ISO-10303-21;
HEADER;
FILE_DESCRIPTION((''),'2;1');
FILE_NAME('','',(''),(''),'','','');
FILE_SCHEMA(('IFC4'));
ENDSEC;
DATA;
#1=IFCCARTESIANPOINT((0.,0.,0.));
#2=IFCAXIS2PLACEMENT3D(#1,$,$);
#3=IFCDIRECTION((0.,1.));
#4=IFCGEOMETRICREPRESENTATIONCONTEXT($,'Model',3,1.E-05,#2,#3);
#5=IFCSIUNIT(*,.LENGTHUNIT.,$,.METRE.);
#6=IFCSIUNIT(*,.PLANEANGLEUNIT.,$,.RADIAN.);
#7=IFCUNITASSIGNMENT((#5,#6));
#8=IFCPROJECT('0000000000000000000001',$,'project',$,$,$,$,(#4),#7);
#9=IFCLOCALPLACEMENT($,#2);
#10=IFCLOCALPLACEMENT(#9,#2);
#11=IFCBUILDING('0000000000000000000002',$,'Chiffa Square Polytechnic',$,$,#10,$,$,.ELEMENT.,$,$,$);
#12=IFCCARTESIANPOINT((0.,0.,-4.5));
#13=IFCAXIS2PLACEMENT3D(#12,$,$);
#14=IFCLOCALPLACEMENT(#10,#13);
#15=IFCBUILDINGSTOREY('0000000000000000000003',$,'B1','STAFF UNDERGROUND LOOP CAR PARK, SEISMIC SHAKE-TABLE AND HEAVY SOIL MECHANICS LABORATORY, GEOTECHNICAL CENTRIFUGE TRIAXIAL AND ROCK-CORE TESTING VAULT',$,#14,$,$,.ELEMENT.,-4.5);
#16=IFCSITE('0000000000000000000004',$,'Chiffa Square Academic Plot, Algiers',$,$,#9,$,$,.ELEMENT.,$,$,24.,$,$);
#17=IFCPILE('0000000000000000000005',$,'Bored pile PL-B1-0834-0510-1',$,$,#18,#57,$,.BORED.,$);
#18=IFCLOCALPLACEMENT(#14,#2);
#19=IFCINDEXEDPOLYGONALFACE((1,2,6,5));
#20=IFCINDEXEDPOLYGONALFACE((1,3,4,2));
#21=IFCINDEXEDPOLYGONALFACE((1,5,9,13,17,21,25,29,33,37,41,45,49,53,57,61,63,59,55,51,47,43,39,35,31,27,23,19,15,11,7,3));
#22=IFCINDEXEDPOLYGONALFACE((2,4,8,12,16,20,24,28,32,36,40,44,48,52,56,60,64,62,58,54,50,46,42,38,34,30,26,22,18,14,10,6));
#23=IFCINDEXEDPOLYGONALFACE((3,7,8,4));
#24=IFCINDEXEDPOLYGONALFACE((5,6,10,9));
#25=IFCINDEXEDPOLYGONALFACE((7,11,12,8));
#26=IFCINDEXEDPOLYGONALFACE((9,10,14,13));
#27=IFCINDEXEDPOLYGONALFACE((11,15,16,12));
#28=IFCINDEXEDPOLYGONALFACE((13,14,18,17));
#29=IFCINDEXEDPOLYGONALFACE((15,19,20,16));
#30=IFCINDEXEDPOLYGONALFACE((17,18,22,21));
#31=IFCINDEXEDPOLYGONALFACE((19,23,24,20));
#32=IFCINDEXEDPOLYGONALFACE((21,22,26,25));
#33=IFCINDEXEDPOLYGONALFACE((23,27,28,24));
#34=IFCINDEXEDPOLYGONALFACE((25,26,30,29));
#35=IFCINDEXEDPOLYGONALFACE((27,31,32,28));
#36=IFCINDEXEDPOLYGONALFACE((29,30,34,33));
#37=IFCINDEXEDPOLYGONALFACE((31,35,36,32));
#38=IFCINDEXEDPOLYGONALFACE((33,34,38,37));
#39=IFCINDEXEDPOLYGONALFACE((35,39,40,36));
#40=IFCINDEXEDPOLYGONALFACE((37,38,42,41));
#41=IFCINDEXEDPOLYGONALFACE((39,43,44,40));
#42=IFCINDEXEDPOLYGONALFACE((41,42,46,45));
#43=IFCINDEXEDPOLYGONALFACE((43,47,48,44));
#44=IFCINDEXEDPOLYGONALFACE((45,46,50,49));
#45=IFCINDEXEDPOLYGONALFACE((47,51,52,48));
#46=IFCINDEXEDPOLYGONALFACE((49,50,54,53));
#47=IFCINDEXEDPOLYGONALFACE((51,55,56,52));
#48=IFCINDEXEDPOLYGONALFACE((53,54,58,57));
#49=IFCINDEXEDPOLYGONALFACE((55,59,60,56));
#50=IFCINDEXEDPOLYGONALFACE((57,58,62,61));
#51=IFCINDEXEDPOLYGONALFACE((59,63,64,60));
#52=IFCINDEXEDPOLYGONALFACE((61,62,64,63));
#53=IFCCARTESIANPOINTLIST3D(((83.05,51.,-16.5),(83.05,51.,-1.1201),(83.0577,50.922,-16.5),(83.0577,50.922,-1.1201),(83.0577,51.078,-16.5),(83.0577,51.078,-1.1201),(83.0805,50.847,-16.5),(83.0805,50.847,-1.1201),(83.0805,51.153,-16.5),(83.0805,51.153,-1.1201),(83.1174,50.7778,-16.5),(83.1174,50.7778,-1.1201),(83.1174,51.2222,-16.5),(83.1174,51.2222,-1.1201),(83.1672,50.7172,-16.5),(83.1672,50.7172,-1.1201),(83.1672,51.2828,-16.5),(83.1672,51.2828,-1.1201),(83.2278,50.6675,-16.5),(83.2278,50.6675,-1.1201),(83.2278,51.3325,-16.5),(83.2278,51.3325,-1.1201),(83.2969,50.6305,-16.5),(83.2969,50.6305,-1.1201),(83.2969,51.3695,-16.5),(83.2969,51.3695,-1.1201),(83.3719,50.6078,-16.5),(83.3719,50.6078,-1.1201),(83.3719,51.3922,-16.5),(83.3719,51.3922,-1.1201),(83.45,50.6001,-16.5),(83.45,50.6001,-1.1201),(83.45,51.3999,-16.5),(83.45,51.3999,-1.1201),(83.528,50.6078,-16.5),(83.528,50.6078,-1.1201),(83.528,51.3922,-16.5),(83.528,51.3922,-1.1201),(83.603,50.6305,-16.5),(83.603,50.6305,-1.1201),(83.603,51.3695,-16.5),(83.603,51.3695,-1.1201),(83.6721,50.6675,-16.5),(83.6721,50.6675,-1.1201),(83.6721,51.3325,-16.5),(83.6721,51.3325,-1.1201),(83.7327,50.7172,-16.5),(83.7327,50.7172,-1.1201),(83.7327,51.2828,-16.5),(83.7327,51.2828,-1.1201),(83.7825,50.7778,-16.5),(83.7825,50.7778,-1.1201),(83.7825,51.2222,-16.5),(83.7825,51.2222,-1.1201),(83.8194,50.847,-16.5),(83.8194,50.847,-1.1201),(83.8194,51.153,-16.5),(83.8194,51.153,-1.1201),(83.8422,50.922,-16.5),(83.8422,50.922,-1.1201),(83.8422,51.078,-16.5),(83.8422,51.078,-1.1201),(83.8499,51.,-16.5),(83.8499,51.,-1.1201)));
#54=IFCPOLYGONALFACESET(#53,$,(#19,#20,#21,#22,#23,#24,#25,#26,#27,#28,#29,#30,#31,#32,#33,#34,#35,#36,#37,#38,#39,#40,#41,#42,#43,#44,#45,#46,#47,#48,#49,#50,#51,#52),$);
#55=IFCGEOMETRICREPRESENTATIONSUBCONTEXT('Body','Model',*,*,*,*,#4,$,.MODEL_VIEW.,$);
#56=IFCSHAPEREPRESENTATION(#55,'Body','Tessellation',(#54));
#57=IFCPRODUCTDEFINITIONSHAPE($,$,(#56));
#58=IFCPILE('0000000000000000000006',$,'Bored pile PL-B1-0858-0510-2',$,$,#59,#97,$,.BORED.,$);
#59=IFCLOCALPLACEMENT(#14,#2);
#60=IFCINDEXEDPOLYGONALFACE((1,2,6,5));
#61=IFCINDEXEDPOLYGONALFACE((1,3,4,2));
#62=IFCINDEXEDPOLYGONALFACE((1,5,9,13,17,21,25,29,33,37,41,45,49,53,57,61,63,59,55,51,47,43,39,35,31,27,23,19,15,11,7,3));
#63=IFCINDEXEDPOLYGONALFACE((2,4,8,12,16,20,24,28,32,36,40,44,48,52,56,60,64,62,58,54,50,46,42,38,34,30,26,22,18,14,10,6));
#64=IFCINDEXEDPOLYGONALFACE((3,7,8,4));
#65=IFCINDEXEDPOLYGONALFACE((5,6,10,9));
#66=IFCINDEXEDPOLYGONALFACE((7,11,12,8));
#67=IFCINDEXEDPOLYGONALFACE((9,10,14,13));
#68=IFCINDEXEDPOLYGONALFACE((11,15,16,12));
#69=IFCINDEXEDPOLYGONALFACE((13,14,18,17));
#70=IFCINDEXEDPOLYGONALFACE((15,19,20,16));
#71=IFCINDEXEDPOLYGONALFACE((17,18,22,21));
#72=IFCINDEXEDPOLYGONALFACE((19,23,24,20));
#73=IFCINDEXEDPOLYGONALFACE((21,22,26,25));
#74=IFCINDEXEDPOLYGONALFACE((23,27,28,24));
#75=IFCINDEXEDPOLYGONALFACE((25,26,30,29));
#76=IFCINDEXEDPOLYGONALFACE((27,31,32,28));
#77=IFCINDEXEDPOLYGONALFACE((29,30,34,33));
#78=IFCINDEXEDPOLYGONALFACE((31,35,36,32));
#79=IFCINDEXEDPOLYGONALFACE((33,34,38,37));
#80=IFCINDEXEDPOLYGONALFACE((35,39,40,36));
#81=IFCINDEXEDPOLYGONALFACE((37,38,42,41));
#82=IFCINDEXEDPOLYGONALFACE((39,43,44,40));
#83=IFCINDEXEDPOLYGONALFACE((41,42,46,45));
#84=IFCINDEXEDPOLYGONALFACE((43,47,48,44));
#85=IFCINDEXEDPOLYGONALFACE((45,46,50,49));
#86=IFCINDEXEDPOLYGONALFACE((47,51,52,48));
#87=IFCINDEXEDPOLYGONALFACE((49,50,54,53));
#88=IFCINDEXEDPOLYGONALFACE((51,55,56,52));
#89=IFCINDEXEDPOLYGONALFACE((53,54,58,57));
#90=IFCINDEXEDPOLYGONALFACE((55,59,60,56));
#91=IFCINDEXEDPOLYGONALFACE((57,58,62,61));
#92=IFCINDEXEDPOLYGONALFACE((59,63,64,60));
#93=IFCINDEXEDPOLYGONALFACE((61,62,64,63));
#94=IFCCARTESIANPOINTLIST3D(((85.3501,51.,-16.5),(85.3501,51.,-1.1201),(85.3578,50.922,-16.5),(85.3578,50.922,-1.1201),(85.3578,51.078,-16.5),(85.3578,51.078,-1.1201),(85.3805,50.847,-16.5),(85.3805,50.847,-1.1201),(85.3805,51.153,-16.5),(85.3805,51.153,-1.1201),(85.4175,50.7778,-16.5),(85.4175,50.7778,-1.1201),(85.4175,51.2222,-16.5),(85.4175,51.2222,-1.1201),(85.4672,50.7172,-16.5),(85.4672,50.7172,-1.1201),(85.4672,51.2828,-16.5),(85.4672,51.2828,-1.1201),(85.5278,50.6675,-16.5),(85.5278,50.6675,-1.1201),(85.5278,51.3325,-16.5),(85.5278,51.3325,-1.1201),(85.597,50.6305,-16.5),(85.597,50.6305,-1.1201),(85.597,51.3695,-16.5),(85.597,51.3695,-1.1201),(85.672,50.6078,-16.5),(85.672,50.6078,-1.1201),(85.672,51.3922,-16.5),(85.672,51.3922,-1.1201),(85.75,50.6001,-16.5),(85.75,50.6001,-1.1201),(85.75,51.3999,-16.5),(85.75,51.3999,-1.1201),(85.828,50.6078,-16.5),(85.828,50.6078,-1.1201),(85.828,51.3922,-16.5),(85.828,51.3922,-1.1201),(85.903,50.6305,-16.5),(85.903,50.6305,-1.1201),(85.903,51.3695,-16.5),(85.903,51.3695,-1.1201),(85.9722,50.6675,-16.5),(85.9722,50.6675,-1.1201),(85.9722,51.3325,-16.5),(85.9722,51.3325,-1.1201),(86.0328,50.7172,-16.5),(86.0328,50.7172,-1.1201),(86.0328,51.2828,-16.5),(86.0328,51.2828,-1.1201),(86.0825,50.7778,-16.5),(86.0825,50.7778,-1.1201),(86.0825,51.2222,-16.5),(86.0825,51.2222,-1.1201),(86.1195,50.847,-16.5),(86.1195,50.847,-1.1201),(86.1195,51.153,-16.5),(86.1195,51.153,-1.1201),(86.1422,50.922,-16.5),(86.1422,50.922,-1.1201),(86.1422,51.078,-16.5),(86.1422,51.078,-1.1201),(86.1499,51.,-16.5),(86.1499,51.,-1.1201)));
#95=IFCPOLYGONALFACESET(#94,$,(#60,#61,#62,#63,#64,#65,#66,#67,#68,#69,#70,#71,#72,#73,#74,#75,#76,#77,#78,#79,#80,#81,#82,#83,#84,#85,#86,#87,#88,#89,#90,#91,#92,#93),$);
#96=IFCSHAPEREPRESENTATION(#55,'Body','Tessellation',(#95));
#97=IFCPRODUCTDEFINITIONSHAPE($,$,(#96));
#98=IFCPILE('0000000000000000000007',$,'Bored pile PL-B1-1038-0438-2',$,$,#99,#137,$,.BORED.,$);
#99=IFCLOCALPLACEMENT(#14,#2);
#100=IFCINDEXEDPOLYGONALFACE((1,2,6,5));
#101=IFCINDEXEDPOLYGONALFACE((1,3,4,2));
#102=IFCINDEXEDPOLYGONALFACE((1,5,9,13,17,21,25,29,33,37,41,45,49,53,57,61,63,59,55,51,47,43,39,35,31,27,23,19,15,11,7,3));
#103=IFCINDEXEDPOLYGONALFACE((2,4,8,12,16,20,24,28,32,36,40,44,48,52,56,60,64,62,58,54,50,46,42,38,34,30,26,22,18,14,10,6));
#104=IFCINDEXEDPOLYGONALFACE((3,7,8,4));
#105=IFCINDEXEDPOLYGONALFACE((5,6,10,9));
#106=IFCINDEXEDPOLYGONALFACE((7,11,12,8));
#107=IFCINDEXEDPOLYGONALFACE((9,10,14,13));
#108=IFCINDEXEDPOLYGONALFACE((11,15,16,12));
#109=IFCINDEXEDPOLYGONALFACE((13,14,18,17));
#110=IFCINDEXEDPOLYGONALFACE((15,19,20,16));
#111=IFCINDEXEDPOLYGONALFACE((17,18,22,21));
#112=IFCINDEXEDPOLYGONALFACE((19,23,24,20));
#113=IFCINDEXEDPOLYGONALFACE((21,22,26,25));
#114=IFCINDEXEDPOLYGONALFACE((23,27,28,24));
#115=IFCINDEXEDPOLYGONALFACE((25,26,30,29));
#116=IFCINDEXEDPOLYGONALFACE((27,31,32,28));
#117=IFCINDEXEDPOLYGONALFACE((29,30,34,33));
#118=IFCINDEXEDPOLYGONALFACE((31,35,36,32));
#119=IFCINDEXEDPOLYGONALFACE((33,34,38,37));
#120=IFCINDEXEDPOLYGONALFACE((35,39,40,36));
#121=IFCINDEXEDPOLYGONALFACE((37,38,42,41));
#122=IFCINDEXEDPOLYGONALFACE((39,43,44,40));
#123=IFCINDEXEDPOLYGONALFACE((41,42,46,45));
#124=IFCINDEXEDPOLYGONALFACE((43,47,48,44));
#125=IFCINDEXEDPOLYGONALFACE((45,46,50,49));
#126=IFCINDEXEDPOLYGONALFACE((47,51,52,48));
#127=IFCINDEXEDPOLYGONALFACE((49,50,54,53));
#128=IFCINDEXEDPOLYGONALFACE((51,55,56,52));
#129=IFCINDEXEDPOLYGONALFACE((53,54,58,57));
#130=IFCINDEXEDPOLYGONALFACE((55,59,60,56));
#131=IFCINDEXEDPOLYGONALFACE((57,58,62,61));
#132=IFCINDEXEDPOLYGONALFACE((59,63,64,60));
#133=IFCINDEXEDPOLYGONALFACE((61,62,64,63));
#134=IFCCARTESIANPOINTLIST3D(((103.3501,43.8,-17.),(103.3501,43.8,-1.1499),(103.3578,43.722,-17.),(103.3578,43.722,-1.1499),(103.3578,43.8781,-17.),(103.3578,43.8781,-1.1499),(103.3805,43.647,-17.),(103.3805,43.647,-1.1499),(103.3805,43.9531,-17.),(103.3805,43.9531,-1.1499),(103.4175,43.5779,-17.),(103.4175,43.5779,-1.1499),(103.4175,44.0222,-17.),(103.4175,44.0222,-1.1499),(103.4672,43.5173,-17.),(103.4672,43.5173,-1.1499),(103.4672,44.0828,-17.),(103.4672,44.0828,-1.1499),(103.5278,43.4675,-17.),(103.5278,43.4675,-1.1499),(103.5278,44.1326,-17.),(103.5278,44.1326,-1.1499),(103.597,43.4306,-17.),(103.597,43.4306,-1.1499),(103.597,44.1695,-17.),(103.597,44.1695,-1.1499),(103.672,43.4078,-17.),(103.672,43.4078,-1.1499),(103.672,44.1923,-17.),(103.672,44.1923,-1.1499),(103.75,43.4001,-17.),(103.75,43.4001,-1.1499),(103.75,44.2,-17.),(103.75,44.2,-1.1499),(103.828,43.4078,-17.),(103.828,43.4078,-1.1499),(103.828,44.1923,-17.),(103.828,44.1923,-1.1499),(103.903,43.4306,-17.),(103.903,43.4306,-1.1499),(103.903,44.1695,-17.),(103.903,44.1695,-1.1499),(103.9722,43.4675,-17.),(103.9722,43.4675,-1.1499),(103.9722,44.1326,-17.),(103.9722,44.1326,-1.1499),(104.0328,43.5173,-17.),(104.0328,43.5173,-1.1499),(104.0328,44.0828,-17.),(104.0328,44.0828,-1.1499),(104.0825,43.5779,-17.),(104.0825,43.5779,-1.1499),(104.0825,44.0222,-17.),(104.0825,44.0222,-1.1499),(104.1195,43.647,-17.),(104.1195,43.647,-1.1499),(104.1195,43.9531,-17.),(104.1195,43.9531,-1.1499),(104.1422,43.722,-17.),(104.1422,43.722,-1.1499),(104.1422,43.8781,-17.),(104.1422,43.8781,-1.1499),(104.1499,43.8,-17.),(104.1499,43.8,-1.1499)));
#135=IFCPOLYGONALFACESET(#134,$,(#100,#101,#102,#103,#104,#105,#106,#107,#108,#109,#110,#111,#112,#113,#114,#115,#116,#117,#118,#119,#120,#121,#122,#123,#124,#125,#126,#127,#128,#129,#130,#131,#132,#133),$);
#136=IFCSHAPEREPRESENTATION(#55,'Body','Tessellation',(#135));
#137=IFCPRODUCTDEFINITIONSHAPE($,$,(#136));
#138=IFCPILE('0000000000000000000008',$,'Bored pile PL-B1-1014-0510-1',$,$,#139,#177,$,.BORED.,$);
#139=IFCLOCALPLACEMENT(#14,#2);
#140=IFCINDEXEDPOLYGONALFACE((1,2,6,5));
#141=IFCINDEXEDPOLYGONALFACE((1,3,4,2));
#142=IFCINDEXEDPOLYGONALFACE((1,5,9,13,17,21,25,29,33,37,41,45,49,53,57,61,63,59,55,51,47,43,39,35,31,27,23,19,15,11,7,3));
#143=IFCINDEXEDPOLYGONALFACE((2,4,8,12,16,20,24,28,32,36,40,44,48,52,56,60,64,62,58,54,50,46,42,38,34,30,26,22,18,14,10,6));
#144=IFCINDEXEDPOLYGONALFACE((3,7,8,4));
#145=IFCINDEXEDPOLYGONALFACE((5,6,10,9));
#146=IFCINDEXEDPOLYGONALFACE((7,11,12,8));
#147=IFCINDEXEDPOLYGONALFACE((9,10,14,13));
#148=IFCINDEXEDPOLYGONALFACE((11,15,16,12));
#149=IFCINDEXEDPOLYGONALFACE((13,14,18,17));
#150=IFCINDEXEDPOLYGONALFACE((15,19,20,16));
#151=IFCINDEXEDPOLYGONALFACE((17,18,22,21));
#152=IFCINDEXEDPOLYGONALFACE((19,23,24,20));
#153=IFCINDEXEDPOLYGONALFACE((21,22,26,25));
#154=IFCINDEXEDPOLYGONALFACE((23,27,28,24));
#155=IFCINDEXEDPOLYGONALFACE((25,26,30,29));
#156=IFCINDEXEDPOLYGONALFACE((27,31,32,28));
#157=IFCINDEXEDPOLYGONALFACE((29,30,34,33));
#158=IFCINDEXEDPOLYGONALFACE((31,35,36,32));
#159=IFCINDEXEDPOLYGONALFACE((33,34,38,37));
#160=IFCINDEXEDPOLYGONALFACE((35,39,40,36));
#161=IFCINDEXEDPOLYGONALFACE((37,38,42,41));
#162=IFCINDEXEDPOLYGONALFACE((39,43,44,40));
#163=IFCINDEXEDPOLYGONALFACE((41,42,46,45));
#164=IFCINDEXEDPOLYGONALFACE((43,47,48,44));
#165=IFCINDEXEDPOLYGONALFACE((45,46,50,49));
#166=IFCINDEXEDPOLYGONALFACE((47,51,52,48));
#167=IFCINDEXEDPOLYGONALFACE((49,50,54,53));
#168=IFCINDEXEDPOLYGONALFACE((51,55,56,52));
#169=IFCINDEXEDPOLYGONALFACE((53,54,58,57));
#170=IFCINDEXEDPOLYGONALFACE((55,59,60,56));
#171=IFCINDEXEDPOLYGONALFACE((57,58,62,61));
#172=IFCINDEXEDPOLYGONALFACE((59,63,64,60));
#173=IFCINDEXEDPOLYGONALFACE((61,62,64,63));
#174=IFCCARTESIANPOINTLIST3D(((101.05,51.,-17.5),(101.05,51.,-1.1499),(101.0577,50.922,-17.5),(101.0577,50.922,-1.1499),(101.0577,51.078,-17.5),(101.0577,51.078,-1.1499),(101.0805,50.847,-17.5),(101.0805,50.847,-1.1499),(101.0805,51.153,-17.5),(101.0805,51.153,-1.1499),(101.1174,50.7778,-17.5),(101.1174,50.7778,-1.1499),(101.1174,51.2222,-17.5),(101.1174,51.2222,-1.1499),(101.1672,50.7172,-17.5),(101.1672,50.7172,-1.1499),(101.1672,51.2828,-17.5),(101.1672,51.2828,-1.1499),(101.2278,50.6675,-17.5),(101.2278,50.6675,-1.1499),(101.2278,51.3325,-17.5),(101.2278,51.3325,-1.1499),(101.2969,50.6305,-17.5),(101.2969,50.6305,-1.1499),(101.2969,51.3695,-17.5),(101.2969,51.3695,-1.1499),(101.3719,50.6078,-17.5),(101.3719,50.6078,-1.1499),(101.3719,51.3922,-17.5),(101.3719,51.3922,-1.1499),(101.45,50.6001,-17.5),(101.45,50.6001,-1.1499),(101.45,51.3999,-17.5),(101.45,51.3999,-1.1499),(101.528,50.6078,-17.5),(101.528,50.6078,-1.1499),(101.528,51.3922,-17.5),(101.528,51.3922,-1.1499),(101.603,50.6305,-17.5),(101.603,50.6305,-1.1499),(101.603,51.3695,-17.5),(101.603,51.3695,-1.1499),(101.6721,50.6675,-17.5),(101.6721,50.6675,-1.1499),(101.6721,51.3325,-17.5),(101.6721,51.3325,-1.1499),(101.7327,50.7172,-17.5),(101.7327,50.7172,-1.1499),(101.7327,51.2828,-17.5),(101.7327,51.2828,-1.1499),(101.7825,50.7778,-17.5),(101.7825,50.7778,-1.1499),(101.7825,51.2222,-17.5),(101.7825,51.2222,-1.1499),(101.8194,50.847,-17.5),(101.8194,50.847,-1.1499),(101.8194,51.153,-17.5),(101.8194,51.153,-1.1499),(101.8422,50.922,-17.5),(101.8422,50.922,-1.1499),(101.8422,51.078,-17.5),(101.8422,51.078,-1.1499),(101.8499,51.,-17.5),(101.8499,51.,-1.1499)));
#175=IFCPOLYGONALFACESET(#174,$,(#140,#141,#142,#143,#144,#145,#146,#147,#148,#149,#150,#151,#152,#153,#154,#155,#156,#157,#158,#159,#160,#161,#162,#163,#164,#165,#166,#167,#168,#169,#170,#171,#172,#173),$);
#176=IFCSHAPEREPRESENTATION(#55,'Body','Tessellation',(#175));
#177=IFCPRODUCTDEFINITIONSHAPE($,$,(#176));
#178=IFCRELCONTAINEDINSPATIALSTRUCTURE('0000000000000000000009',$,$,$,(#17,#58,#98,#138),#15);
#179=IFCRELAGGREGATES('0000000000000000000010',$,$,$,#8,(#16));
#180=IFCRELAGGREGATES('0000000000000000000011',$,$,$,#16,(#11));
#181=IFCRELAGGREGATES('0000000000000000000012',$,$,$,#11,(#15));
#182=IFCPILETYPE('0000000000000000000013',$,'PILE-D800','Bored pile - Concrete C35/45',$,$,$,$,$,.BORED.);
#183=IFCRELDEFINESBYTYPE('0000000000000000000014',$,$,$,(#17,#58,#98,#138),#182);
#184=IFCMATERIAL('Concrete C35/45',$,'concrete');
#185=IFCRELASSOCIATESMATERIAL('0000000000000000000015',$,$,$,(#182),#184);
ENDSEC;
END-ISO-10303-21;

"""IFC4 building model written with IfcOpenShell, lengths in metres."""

from ifc_helpers import new_model, si_unit, direction, frame, origin, origin_2d, place, context, subcontext, project, spatial, circle, extrude, material, material_profile, profile_set, type_object, element, save


model = new_model("IFC4")

# Units and contexts
model_context = context("Model", 3, precision=1e-05, world=origin(), true_north=direction((0.0, 1.0)))
body_context = subcontext(model_context, "Body", "Model", "MODEL_VIEW")
ifc_project = project(units=[si_unit("LENGTHUNIT", "METRE"), si_unit("PLANEANGLEUNIT", "RADIAN")], contexts=[model_context])

# Site, building, storey
site_placement = place(None, origin())
site = spatial("IfcSite", under=ifc_project, at=site_placement, Name="Chiffa Square Academic Plot, Algiers", CompositionType="ELEMENT", RefElevation=24.0)
building_placement = place(site_placement, origin())
building = spatial("IfcBuilding", under=site, at=building_placement, Name="Chiffa Square Polytechnic", CompositionType="ELEMENT")
storey_placement = place(building_placement, frame((0.0, 0.0, -4.5)))
storey = spatial("IfcBuildingStorey", under=building, at=storey_placement, Name="B1", Description="STAFF UNDERGROUND LOOP CAR PARK, SEISMIC SHAKE-TABLE AND HEAVY SOIL MECHANICS LABORATORY, GEOTECHNICAL CENTRIFUGE TRIAXIAL AND ROCK-CORE TESTING VAULT", CompositionType="ELEMENT", Elevation=-4.5)

# Shared definitions
ifc_material = material(Name="Concrete C35/45", Category="concrete")

# Piles
ifc_material_profile_1 = material_profile(ifc_material, circle(Radius=0.3999, at=origin_2d()), Name="PILE D800")
ifc_profile_set_1 = profile_set([ifc_material_profile_1], Name="Concrete C35/45")
pile_type_1 = type_object("IfcPileType", Name="PILE-D800", Description="Bored pile - Concrete C35/45", PredefinedType="BORED", material=ifc_profile_set_1)
for number, where, z_axis, x_axis, name in (
    (1, (83.45, 51.0, -1.1201), (0.0, 0.0, -1.0), (1.0, 0.0, 0.0), "Bored pile PL-B1-0834-0510-1"),
    (2, (85.75, 51.0, -1.1201), (0.0, 0.0, -1.0), (1.0, 0.0, 0.0), "Bored pile PL-B1-0858-0510-2"),
):
    element("IfcPile", number, at=place(storey_placement, frame(where, z_axis=z_axis, x_axis=x_axis)), inside=storey, type_object=pile_type_1, Name=name, PredefinedType="BORED", context=body_context, shape_type="SweptSolid", body=[
        extrude(circle(Radius=0.3999, at=origin_2d()), origin(), (0.0, 0.0, 1.0), 15.3799),
    ])
pile_1_placement = place(storey_placement, frame((103.75, 43.8, -1.1499), z_axis=(0.0, 0.0, -1.0), x_axis=(1.0, 0.0, 0.0)))
element("IfcPile", 3, at=pile_1_placement, inside=storey, type_object=pile_type_1, Name="Bored pile PL-B1-1038-0438-2", PredefinedType="BORED", context=body_context, shape_type="SweptSolid", body=[
    extrude(circle(Radius=0.3999, at=origin_2d()), origin(), (0.0, 0.0, 1.0), 15.8501),
])
for number, where, z_axis, x_axis, name in (
    (4, (101.45, 51.0, -1.1499), (0.0, 0.0, -1.0), (1.0, 0.0, 0.0), "Bored pile PL-B1-1014-0510-1"),
):
    element("IfcPile", number, at=place(storey_placement, frame(where, z_axis=z_axis, x_axis=x_axis)), inside=storey, type_object=pile_type_1, Name=name, PredefinedType="BORED", context=body_context, shape_type="SweptSolid", body=[
        extrude(circle(Radius=0.3999, at=origin_2d()), origin(), (0.0, 0.0, 1.0), 16.3501),
    ])

save(model, "model.ifc")
